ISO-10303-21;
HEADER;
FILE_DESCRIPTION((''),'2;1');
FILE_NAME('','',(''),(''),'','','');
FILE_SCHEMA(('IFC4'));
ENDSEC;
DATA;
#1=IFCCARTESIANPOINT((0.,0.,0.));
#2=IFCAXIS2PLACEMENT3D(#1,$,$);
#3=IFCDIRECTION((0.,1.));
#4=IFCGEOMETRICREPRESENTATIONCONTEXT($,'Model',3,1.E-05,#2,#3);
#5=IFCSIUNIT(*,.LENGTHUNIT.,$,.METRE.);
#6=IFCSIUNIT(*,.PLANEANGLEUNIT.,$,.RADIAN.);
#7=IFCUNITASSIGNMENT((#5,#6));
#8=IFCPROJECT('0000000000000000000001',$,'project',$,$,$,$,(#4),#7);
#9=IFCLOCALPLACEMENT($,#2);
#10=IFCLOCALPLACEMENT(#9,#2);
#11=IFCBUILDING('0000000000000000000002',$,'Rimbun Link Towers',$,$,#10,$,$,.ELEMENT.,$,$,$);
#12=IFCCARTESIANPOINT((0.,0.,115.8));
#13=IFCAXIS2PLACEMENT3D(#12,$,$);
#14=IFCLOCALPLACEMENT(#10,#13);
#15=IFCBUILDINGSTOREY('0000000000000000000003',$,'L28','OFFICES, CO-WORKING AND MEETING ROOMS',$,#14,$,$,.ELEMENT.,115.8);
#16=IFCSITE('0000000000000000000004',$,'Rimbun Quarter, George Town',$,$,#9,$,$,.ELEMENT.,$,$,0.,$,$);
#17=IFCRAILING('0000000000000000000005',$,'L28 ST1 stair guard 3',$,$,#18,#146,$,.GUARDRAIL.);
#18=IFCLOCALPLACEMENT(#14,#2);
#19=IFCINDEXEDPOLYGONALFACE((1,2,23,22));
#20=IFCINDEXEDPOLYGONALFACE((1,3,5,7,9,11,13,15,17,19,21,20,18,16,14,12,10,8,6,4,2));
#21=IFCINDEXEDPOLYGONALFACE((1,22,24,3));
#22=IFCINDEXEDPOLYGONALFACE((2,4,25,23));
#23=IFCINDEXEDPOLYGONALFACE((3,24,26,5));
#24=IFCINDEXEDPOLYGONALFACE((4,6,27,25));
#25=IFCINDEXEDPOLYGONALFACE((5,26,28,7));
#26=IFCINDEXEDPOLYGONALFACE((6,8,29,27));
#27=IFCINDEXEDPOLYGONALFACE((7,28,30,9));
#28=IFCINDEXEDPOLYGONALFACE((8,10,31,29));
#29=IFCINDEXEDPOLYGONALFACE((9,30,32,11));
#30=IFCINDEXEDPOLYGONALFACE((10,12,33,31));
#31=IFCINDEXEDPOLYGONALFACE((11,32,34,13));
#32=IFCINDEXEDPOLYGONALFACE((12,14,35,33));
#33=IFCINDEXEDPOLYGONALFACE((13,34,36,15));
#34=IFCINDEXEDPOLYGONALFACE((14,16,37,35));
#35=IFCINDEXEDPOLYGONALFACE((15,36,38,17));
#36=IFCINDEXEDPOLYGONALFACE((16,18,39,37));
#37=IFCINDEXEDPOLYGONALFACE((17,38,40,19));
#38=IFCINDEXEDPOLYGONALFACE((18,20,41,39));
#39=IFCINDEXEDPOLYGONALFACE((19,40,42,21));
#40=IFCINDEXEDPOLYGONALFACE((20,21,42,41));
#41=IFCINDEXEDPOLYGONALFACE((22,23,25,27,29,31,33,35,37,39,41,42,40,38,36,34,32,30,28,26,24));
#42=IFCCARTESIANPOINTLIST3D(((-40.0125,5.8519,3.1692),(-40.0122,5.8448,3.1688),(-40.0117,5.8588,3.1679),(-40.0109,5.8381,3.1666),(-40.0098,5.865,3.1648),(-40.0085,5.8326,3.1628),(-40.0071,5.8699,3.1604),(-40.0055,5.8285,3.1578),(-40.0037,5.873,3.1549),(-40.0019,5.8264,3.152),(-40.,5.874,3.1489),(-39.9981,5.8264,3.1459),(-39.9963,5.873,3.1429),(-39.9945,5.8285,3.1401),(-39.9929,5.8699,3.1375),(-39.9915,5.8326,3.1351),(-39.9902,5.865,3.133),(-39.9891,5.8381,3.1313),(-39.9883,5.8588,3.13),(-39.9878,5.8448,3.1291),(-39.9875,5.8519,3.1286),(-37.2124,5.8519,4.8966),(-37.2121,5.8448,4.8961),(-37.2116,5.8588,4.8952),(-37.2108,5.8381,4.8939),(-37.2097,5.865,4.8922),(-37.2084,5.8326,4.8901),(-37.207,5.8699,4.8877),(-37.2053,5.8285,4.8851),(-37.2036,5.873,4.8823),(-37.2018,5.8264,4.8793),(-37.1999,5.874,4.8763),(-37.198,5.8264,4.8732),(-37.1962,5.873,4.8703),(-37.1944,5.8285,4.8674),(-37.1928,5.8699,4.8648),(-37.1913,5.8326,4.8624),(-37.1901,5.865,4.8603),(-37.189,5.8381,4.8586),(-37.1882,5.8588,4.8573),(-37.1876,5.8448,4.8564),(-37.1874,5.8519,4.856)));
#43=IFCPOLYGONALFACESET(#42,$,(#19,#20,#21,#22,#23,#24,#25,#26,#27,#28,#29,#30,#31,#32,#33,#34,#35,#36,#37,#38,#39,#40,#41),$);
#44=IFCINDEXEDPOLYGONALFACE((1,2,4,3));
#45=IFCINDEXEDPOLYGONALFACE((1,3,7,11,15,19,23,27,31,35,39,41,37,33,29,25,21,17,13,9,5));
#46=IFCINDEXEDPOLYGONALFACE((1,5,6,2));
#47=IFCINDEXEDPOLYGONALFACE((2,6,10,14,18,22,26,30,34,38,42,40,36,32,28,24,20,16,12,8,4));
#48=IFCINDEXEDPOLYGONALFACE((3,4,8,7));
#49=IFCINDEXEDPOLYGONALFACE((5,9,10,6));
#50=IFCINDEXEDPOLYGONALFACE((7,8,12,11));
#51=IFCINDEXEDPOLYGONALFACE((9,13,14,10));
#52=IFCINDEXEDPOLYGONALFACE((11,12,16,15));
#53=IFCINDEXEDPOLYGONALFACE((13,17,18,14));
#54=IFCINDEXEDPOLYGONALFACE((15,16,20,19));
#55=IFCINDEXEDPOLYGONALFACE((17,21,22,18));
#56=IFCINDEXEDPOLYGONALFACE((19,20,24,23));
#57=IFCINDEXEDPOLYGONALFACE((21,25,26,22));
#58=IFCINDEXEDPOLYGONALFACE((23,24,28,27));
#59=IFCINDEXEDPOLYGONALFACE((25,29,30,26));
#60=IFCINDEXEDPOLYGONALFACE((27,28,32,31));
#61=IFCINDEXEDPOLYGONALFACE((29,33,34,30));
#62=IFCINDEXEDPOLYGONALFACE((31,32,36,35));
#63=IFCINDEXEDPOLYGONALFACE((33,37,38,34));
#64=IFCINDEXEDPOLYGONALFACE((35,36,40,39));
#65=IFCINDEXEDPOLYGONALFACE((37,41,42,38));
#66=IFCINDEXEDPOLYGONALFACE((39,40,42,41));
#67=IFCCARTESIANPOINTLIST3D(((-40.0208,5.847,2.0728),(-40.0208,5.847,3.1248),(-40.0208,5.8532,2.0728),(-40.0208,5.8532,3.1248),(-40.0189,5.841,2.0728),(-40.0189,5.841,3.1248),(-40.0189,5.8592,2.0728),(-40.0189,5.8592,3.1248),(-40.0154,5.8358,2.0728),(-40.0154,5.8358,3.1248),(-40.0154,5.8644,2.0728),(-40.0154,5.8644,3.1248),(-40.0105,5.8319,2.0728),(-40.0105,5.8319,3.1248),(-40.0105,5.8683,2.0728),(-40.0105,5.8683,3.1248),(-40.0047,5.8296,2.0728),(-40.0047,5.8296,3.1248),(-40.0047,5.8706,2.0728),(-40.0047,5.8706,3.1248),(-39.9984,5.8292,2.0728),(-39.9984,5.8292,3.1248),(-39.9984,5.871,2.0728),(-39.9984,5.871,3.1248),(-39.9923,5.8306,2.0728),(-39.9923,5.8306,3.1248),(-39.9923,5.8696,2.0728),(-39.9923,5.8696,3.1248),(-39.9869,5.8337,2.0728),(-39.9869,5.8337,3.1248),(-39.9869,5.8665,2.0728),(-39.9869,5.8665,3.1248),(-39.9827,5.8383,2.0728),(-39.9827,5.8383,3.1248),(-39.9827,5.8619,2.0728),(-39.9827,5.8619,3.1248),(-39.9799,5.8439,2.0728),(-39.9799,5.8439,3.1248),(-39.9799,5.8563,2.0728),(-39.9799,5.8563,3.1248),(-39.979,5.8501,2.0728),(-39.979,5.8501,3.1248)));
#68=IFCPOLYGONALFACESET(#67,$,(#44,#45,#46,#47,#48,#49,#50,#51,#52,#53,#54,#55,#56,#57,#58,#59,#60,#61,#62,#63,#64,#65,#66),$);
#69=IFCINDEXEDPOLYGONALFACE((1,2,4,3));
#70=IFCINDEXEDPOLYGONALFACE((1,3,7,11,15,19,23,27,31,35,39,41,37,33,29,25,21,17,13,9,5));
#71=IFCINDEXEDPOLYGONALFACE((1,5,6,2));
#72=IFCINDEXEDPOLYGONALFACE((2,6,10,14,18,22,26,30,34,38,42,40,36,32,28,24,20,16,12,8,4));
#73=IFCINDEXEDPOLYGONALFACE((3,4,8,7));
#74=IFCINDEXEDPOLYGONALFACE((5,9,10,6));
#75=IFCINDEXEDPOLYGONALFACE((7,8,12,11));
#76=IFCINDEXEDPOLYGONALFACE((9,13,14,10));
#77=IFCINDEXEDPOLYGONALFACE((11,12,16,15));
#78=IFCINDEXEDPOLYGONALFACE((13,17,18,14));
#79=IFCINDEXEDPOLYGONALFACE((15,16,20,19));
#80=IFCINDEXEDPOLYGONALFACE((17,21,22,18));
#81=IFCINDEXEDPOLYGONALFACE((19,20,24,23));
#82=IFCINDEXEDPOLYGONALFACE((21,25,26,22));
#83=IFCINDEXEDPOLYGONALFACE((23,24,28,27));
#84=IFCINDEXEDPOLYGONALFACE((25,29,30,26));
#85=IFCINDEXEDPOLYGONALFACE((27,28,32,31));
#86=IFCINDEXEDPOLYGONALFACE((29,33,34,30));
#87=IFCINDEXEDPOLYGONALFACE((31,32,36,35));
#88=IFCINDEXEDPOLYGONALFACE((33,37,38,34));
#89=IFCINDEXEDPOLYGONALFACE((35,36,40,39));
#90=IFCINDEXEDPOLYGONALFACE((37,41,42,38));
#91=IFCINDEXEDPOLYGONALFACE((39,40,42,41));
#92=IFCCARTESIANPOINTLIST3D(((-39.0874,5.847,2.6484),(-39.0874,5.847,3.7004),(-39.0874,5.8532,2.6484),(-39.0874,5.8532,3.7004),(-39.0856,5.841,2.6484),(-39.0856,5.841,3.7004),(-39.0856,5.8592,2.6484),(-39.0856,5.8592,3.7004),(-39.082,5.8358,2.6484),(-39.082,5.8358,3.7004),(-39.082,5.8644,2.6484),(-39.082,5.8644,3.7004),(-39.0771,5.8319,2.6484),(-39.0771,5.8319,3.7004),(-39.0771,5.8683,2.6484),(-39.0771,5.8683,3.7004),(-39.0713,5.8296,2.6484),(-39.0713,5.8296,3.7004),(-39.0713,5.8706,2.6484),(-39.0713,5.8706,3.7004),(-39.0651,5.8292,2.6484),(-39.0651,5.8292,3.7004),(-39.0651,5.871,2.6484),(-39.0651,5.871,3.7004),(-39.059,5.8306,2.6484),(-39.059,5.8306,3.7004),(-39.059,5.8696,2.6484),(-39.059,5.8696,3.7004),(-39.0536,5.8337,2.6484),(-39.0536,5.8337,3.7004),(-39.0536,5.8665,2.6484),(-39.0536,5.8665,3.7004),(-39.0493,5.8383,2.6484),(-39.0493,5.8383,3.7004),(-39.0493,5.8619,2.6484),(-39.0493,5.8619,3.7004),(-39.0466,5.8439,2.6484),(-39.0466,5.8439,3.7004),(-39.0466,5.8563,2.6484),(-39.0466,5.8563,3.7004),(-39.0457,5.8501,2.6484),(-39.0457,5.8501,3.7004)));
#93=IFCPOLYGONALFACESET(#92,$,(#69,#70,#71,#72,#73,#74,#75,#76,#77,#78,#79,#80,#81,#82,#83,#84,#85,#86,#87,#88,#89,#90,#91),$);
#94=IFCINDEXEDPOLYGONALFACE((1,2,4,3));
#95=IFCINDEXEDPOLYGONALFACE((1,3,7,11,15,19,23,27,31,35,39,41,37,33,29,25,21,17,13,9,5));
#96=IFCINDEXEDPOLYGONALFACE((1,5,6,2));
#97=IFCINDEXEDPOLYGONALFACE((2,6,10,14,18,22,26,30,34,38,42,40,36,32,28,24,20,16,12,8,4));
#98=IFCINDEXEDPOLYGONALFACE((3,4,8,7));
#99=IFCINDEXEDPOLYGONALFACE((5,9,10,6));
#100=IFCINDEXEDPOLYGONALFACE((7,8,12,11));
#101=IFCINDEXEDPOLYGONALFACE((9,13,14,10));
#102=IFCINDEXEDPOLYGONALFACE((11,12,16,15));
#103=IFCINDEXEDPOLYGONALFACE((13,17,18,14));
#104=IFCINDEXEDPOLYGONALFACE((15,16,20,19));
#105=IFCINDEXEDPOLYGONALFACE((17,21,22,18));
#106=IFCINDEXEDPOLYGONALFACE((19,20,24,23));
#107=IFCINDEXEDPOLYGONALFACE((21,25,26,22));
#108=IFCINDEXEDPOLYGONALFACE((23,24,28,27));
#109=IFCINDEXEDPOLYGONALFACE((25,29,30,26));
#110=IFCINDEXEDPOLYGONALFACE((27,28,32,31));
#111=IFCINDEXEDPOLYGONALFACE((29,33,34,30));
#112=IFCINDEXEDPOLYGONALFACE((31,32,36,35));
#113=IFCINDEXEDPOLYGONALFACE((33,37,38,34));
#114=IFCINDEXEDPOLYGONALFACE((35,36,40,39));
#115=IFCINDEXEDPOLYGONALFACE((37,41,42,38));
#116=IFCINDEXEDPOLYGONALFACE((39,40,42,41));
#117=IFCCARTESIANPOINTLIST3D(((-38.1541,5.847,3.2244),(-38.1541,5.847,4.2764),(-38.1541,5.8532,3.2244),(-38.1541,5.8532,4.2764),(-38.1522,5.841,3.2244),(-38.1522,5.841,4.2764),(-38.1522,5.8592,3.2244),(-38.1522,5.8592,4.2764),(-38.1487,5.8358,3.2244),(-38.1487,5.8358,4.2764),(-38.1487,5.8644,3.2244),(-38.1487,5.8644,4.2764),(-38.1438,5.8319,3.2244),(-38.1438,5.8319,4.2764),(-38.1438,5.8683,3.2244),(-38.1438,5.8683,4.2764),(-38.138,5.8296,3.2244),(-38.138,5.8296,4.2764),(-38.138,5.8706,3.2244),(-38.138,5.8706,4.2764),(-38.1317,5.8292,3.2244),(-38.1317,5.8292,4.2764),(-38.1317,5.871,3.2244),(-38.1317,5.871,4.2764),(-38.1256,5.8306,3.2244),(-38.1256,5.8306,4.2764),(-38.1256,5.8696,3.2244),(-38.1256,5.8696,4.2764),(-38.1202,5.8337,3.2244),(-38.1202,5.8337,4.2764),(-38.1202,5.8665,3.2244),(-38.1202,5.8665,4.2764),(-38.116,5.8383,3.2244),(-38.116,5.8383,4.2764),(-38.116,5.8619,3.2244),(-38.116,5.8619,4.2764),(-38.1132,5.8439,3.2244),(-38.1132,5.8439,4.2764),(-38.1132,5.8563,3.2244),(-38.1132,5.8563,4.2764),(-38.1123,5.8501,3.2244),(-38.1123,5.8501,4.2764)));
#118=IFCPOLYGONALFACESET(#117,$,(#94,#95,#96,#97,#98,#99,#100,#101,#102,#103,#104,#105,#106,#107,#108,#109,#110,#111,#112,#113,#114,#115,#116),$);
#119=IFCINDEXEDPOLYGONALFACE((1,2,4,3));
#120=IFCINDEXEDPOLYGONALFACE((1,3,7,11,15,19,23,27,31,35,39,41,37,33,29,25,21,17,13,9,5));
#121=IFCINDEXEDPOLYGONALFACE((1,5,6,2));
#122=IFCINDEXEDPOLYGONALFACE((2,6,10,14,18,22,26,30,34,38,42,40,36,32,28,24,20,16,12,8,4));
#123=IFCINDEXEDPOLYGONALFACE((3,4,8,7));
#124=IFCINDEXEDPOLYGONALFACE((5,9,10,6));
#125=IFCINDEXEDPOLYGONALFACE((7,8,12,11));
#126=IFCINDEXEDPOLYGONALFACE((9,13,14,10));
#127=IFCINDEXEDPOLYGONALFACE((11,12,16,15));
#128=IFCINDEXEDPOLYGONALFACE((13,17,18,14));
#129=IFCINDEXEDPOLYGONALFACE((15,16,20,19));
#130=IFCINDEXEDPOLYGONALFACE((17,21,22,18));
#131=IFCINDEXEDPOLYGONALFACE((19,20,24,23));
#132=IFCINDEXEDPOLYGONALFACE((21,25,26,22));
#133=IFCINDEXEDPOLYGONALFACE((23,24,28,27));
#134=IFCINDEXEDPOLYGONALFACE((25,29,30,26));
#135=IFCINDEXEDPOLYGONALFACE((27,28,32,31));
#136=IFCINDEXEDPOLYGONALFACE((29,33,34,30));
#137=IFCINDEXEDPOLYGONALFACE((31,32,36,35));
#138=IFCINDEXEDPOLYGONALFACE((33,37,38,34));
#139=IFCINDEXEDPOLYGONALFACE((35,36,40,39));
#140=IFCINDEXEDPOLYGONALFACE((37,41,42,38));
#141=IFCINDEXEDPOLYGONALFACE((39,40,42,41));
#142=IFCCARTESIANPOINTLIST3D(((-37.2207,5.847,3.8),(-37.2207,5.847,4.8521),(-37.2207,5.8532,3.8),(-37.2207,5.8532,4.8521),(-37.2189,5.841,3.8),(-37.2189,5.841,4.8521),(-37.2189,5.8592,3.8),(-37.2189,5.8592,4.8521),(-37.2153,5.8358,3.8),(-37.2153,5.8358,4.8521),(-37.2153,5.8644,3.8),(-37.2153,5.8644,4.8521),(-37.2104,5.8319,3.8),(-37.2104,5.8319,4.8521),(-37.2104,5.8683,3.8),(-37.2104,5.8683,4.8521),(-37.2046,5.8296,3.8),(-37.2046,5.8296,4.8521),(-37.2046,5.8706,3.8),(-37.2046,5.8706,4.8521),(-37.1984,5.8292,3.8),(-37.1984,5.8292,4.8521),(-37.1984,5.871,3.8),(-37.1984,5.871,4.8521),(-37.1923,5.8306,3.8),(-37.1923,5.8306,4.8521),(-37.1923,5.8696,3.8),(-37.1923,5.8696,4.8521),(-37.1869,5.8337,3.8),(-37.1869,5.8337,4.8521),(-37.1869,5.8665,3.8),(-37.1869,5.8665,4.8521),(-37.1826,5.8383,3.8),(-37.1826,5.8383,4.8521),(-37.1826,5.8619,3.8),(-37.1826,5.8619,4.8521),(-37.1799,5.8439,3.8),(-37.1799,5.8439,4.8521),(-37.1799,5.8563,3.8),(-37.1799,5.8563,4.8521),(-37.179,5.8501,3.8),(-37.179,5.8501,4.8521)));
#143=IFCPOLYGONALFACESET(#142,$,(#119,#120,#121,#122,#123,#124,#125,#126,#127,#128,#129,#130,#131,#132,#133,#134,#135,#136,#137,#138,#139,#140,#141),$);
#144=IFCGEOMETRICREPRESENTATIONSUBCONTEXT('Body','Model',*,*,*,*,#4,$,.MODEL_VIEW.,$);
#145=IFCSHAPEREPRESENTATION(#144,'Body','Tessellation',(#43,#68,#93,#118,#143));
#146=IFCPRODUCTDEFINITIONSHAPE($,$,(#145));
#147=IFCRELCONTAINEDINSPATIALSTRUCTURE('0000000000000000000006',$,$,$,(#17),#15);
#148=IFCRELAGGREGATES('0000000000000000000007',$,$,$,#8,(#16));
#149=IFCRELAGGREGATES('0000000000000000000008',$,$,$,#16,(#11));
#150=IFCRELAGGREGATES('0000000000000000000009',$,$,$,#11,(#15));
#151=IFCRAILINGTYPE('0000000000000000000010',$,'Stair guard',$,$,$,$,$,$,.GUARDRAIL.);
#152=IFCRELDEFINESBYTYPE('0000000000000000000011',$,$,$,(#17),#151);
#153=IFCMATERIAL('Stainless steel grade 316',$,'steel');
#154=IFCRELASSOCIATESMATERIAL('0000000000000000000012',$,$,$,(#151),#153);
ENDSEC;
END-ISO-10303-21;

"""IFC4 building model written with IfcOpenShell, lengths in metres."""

from ifc_helpers import new_model, si_unit, direction, frame, origin, origin_2d, place, context, subcontext, project, spatial, circle, extrude, material, type_object, element, save


model = new_model("IFC4")

# Units and contexts
model_context = context("Model", 3, precision=1e-05, world=origin(), true_north=direction((0.0, 1.0)))
body_context = subcontext(model_context, "Body", "Model", "MODEL_VIEW")
ifc_project = project(units=[si_unit("LENGTHUNIT", "METRE"), si_unit("PLANEANGLEUNIT", "RADIAN")], contexts=[model_context])

# Site, building, storey
site_placement = place(None, origin())
site = spatial("IfcSite", under=ifc_project, at=site_placement, Name="Rimbun Quarter, George Town", CompositionType="ELEMENT", RefElevation=0.0)
building_placement = place(site_placement, origin())
building = spatial("IfcBuilding", under=site, at=building_placement, Name="Rimbun Link Towers", CompositionType="ELEMENT")
storey_placement = place(building_placement, frame((0.0, 0.0, 115.8)))
storey = spatial("IfcBuildingStorey", under=building, at=storey_placement, Name="L28", Description="OFFICES, CO-WORKING AND MEETING ROOMS", CompositionType="ELEMENT", Elevation=115.8)

# Railing
ifc_material_1 = material(Name="Stainless steel grade 316", Category="steel")
railing_type_1 = type_object("IfcRailingType", Name="Stair guard", PredefinedType="GUARDRAIL", material=ifc_material_1)
railing_1_placement = place(storey_placement, frame((-40.0, 5.8501, 2.0728)))
element("IfcRailing", 1, at=railing_1_placement, inside=storey, type_object=railing_type_1, Name="L28 ST1 stair guard 3", PredefinedType="GUARDRAIL", context=body_context, shape_type="SweptSolid", body=[
    extrude(circle(Radius=0.0239, at=origin_2d()), frame((0.0, 0.0, 1.0762), z_axis=(0.85109, 0.0, 0.52502), x_axis=(0.0, 1.0, 0.0)), (0.0, 0.0, 1.0), 3.29),
    extrude(circle(Radius=0.021, at=origin_2d()), origin(), (0.0, 0.0, 1.0), 1.052),
    extrude(circle(Radius=0.021, at=origin_2d()), frame((0.9333, 0.0, 0.5757)), (0.0, 0.0, 1.0), 1.052),
    extrude(circle(Radius=0.021, at=origin_2d()), frame((1.8667, 0.0, 1.1516)), (0.0, 0.0, 1.0), 1.052),
    extrude(circle(Radius=0.021, at=origin_2d()), frame((2.8, 0.0, 1.7273)), (0.0, 0.0, 1.0), 1.052),
])

save(model, "model.ifc")
